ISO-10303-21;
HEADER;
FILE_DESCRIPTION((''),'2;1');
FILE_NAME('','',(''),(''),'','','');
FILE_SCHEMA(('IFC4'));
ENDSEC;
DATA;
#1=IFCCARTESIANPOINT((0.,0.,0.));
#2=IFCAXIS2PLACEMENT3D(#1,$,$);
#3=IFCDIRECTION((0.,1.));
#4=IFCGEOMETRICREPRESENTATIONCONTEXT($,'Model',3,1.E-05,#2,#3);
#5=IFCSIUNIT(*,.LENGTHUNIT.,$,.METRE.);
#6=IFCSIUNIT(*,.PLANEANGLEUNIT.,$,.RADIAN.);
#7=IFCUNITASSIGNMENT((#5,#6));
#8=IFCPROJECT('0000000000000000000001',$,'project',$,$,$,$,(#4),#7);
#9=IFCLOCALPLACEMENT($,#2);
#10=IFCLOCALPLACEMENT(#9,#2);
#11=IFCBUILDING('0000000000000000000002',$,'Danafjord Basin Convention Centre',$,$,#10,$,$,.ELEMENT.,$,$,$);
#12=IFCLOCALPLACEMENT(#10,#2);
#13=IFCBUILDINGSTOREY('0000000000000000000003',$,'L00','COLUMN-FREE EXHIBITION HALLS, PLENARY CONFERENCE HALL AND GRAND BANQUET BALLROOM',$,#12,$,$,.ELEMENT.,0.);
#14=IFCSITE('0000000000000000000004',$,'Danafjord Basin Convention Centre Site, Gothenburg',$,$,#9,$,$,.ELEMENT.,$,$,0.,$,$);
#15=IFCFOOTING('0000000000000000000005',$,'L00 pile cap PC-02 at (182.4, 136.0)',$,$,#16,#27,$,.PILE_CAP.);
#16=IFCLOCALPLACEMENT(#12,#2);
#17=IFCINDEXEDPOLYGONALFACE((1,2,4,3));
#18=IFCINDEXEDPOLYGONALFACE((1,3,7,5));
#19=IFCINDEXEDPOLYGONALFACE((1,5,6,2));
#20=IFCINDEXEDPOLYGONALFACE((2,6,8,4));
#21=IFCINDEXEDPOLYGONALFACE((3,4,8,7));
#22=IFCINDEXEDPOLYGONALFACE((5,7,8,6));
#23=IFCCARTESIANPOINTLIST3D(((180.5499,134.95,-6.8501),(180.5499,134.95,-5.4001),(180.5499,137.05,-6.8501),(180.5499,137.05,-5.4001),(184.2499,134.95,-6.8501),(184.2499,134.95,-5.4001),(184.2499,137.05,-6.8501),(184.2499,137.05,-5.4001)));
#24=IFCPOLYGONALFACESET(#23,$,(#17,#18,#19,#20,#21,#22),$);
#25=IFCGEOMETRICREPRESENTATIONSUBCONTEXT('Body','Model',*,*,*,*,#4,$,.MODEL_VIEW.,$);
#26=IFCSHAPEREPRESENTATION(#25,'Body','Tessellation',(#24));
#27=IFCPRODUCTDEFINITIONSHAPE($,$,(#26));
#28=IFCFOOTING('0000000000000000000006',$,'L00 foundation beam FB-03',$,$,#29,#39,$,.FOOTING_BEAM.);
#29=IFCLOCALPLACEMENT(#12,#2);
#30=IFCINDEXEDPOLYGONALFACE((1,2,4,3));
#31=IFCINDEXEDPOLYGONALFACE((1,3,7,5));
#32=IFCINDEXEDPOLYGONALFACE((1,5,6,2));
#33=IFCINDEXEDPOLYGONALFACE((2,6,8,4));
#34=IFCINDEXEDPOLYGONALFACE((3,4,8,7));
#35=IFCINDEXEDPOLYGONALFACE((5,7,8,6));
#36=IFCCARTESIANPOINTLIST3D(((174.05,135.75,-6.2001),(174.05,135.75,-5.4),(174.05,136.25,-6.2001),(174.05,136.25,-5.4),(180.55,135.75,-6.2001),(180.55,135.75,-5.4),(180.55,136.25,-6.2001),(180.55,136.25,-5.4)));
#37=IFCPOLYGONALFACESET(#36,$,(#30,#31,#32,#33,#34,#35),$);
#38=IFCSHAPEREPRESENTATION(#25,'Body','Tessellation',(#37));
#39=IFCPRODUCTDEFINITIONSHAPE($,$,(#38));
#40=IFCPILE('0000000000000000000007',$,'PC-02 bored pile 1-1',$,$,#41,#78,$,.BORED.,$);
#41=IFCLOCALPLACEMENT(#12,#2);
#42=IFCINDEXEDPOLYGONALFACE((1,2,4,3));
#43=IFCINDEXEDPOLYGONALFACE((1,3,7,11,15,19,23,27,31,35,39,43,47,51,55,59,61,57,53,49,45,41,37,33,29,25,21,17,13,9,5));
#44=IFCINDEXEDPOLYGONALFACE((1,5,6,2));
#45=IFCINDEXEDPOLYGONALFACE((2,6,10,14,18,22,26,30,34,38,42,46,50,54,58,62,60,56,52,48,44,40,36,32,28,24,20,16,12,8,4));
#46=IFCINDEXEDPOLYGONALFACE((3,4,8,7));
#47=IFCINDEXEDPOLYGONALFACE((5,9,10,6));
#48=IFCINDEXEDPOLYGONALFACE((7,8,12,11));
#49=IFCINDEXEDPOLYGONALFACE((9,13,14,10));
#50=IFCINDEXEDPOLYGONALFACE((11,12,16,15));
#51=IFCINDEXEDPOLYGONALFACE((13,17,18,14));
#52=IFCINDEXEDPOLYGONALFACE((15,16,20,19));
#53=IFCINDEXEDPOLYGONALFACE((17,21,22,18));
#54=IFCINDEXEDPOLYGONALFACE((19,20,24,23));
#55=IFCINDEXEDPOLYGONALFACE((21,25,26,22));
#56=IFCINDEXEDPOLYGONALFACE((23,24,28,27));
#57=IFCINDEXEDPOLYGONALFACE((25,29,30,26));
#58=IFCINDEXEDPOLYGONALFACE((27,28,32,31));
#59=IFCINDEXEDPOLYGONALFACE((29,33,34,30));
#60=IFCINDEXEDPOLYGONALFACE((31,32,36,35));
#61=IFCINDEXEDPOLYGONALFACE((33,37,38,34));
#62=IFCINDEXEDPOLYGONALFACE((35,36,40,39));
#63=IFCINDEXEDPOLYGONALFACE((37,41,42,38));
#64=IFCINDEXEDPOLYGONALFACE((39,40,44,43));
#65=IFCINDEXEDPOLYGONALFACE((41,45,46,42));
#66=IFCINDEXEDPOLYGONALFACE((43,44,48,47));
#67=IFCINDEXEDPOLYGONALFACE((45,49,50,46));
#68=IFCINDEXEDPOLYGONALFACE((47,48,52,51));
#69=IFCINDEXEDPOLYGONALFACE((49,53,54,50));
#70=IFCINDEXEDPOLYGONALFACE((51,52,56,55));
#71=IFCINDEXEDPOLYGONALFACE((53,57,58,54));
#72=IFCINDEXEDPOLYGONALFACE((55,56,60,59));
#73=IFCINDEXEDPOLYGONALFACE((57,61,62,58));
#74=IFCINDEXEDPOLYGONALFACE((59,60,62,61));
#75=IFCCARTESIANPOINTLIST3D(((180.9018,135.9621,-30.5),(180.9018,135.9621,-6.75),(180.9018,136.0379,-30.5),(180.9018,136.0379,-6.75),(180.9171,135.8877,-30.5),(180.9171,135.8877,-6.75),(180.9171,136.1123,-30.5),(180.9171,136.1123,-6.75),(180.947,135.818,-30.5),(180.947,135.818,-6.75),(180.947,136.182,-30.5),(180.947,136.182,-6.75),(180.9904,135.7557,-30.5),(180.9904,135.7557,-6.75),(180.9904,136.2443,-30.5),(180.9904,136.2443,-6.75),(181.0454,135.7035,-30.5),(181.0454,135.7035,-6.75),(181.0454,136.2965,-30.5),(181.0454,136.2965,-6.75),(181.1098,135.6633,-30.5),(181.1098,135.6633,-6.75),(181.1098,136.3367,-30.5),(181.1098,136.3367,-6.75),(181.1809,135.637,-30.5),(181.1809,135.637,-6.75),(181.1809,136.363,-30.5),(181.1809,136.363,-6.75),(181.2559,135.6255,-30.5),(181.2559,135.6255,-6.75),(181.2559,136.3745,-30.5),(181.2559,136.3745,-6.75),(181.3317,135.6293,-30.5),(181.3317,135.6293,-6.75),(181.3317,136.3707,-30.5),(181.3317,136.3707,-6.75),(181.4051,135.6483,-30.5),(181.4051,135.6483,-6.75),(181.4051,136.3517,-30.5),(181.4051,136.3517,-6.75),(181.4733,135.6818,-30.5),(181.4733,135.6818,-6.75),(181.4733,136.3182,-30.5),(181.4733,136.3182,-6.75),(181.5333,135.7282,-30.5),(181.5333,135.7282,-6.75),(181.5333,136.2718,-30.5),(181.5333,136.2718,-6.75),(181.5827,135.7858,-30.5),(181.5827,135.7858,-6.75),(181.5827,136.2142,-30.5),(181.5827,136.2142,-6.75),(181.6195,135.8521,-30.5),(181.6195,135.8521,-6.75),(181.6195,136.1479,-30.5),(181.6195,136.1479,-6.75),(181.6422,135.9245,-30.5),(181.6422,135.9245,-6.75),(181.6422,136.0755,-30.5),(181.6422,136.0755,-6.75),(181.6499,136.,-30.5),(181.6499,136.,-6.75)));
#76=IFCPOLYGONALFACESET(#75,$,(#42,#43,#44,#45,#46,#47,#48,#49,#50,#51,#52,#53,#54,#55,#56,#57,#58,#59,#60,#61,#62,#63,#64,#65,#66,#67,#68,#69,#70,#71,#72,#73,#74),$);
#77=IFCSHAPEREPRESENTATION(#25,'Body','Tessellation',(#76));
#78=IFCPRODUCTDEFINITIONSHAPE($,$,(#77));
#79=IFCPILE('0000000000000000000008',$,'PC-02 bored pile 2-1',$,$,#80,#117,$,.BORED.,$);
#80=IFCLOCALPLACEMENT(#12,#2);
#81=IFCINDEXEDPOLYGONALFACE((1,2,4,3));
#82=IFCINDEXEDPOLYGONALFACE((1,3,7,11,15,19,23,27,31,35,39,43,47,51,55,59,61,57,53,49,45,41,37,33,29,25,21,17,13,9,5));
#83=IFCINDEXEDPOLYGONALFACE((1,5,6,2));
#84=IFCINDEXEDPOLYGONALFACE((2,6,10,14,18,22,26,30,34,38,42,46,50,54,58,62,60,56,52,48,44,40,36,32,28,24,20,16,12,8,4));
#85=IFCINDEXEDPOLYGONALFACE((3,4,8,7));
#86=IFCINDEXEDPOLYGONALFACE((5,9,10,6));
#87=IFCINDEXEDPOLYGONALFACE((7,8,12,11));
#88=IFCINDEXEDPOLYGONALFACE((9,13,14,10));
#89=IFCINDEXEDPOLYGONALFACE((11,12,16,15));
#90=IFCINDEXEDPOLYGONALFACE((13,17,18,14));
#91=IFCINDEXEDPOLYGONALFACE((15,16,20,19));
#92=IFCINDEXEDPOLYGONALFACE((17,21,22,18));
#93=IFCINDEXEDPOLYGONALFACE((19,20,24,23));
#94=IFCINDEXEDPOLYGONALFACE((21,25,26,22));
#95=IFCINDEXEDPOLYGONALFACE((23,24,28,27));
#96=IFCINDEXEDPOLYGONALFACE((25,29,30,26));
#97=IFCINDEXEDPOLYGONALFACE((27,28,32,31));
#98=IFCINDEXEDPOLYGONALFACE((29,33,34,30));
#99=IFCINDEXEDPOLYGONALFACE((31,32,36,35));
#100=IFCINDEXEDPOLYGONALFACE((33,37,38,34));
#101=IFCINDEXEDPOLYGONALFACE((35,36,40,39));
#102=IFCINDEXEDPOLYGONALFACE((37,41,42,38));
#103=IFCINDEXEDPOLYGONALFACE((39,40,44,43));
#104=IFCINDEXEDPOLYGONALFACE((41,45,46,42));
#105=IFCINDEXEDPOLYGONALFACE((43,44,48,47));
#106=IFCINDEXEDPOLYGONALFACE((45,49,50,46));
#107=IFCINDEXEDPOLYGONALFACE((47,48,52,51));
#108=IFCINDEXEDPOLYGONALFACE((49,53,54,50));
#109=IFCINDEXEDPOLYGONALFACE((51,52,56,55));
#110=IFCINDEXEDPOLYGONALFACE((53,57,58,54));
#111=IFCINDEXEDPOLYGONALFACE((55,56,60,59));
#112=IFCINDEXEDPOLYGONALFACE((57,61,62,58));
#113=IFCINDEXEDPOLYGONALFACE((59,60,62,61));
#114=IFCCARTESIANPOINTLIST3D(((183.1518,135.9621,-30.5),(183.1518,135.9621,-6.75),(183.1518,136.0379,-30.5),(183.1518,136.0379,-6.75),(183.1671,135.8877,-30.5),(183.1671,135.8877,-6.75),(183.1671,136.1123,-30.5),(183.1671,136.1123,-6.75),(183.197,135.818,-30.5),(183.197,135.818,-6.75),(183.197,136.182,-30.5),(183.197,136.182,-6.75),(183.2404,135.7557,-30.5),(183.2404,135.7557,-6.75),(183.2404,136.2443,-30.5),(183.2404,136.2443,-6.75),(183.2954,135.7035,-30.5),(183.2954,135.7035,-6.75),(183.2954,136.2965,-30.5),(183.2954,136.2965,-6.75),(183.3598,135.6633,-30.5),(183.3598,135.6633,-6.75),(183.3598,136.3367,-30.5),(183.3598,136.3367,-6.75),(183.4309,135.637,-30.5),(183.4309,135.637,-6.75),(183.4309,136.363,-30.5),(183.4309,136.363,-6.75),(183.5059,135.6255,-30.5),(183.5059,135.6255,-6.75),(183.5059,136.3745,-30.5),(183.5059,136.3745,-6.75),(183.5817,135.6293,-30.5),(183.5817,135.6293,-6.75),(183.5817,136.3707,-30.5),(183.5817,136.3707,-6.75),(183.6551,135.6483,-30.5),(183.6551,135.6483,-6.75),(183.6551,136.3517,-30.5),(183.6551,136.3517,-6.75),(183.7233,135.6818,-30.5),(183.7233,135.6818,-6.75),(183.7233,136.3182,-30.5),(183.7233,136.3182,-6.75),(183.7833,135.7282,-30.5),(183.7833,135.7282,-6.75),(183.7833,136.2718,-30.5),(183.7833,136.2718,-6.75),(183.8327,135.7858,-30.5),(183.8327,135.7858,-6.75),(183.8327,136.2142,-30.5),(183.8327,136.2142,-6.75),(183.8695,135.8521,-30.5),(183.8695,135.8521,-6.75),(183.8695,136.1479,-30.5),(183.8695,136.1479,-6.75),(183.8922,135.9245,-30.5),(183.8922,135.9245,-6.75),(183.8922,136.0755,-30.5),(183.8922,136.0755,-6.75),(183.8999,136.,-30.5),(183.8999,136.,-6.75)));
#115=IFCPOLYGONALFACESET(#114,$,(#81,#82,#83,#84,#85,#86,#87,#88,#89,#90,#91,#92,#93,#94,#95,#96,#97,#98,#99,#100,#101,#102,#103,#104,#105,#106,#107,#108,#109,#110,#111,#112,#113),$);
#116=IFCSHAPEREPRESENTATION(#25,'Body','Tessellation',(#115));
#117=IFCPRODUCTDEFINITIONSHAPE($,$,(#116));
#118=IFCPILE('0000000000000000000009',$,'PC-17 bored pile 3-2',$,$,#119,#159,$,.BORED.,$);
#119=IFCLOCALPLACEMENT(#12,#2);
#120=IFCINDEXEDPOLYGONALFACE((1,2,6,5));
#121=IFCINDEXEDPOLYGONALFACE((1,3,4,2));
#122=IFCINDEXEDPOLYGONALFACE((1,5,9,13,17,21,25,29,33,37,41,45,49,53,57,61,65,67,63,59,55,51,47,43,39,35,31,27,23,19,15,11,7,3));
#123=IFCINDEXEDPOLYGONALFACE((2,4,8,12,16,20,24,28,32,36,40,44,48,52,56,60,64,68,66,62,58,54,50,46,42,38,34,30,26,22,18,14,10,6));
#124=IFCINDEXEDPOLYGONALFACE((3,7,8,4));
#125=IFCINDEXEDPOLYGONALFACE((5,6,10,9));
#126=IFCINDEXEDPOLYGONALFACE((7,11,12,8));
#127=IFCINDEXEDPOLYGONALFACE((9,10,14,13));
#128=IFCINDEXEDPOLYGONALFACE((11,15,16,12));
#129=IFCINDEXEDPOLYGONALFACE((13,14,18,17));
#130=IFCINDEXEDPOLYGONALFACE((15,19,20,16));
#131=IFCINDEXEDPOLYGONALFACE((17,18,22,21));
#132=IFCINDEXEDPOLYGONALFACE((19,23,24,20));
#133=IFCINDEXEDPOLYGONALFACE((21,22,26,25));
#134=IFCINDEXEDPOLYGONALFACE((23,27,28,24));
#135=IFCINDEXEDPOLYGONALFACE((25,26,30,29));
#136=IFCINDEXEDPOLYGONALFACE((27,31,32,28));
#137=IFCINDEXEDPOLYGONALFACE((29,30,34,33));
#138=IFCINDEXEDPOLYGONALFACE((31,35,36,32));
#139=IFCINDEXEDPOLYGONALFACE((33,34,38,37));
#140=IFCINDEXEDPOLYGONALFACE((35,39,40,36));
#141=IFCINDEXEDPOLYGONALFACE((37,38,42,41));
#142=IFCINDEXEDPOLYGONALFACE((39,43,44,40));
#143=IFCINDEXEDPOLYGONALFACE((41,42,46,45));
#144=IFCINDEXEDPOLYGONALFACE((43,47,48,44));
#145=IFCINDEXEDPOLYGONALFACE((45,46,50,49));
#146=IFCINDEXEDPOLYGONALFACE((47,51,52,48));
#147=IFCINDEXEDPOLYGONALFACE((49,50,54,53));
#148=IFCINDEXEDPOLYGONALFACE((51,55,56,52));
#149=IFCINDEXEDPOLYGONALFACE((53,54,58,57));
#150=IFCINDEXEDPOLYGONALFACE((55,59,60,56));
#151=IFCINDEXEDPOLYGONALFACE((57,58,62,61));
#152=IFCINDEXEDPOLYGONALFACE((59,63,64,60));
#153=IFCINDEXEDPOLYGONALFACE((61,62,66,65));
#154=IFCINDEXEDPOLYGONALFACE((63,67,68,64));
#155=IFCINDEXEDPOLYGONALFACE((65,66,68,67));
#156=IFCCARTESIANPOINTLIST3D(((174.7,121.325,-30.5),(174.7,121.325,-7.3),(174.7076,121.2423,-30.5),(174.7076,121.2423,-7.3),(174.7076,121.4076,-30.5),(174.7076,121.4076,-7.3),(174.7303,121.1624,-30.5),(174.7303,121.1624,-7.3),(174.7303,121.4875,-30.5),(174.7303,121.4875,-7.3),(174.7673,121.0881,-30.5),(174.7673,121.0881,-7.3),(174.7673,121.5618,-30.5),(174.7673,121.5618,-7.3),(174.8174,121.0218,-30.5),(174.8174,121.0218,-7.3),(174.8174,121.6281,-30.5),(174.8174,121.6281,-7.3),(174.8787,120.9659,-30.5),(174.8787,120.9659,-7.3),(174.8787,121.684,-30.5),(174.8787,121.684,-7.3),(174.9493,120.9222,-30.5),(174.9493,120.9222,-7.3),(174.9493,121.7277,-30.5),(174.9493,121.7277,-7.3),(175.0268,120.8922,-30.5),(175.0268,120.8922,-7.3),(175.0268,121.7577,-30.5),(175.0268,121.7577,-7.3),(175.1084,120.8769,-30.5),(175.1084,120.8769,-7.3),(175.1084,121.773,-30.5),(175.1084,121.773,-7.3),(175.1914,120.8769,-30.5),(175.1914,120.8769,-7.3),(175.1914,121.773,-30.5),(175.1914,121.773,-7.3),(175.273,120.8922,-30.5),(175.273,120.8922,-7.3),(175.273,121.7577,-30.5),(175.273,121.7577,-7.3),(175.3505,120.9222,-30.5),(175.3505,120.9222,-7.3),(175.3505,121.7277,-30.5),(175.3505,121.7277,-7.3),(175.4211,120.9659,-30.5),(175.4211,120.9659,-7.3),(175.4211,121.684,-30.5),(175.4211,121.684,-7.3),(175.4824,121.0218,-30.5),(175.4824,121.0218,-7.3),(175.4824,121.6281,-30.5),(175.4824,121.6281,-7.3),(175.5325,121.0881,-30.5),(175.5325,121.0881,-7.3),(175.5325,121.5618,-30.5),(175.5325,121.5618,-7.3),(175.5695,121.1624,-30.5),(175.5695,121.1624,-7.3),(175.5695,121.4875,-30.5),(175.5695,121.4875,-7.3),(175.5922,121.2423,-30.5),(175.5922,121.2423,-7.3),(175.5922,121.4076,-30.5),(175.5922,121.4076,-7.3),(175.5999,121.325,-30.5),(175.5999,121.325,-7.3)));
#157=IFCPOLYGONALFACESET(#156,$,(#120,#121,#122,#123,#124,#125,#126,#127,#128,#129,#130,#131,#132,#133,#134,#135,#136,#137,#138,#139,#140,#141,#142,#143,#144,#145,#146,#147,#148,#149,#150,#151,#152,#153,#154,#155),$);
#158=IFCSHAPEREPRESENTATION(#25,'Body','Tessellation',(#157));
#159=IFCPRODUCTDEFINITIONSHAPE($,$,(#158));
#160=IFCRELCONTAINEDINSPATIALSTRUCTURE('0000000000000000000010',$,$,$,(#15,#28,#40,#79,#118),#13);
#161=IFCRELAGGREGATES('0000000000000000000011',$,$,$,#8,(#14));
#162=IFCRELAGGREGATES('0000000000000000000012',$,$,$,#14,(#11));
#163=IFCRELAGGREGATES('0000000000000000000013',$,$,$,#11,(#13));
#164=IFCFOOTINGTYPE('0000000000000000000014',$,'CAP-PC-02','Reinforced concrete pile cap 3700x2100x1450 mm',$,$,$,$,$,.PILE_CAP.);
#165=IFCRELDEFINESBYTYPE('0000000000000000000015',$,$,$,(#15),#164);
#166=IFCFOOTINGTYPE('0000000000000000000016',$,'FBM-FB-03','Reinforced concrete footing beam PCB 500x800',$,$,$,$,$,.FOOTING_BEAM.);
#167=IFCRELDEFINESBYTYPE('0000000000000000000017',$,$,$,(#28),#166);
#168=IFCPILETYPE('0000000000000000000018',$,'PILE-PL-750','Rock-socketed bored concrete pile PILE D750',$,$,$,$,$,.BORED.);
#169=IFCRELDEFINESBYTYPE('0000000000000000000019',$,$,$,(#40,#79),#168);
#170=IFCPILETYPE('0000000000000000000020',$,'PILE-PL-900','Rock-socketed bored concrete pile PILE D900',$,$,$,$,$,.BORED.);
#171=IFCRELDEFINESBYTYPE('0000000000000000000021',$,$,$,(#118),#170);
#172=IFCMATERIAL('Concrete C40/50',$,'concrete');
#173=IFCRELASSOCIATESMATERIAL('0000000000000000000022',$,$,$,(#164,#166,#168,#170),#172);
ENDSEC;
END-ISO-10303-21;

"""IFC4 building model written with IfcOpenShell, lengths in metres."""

from ifc_helpers import new_model, si_unit, direction, frame, origin, origin_2d, place, context, subcontext, project, spatial, rectangle, circle, extrude, material, material_profile, profile_set, type_object, element, save


model = new_model("IFC4")

# Units and contexts
model_context = context("Model", 3, precision=1e-05, world=origin(), true_north=direction((0.0, 1.0)))
body_context = subcontext(model_context, "Body", "Model", "MODEL_VIEW")
ifc_project = project(units=[si_unit("LENGTHUNIT", "METRE"), si_unit("PLANEANGLEUNIT", "RADIAN")], contexts=[model_context])

# Site, building, storey
site_placement = place(None, origin())
site = spatial("IfcSite", under=ifc_project, at=site_placement, Name="Danafjord Basin Convention Centre Site, Gothenburg", CompositionType="ELEMENT", RefElevation=0.0)
building_placement = place(site_placement, origin())
building = spatial("IfcBuilding", under=site, at=building_placement, Name="Danafjord Basin Convention Centre", CompositionType="ELEMENT")
storey_placement = place(building_placement, origin())
storey = spatial("IfcBuildingStorey", under=building, at=storey_placement, Name="L00", Description="COLUMN-FREE EXHIBITION HALLS, PLENARY CONFERENCE HALL AND GRAND BANQUET BALLROOM", CompositionType="ELEMENT", Elevation=0.0)

# Footings
ifc_material_1 = material(Name="Concrete C40/50", Category="concrete")
footing_type_1 = type_object("IfcFootingType", Name="CAP-PC-02", Description="Reinforced concrete pile cap 3700x2100x1450 mm", PredefinedType="PILE_CAP", material=ifc_material_1)
footing_1_placement = place(storey_placement, frame((182.3999, 136.0, -6.8501), z_axis=(0.0, 0.0, 1.0), x_axis=(1.0, 0.0, 0.0)))
element("IfcFooting", 1, at=footing_1_placement, inside=storey, type_object=footing_type_1, Name="L00 pile cap PC-02 at (182.4, 136.0)", PredefinedType="PILE_CAP", context=body_context, shape_type="SweptSolid", body=[
    extrude(rectangle(XDim=3.7, YDim=2.1001, at=origin_2d()), origin(), (0.0, 0.0, 1.0), 1.45),
])
ifc_material_profile_1 = material_profile(ifc_material_1, rectangle(XDim=0.5, YDim=0.8, at=origin_2d()), Name="PCB 500x800")
ifc_profile_set_1 = profile_set([ifc_material_profile_1], Name="Concrete C40/50")
footing_type_2 = type_object("IfcFootingType", Name="FBM-FB-03", Description="Reinforced concrete footing beam PCB 500x800", PredefinedType="FOOTING_BEAM", material=ifc_profile_set_1)
footing_2_placement = place(storey_placement, frame((174.05, 136.0, -5.8), z_axis=(1.0, 0.0, 0.0), x_axis=(0.0, 1.0, 0.0)))
element("IfcFooting", 2, at=footing_2_placement, inside=storey, type_object=footing_type_2, Name="L00 foundation beam FB-03", PredefinedType="FOOTING_BEAM", context=body_context, shape_type="SweptSolid", body=[
    extrude(rectangle(XDim=0.5, YDim=0.8, at=origin_2d()), origin(), (0.0, 0.0, 1.0), 6.5),
])

# Piles
ifc_material_profile_2 = material_profile(ifc_material_1, circle(Radius=0.375, at=origin_2d()), Name="PILE D750")
ifc_profile_set_2 = profile_set([ifc_material_profile_2], Name="Concrete C40/50")
pile_type_1 = type_object("IfcPileType", Name="PILE-PL-750", Description="Rock-socketed bored concrete pile PILE D750", PredefinedType="BORED", material=ifc_profile_set_2)
for number, where, z_axis, x_axis, name in (
    (3, (181.2749, 136.0, -6.75), (0.0, 0.0, -1.0), (1.0, 0.0, 0.0), "PC-02 bored pile 1-1"),
    (4, (183.5249, 136.0, -6.75), (0.0, 0.0, -1.0), (1.0, 0.0, 0.0), "PC-02 bored pile 2-1"),
):
    element("IfcPile", number, at=place(storey_placement, frame(where, z_axis=z_axis, x_axis=x_axis)), inside=storey, type_object=pile_type_1, Name=name, PredefinedType="BORED", context=body_context, shape_type="SweptSolid", body=[
        extrude(circle(Radius=0.375, at=origin_2d()), origin(), (0.0, 0.0, 1.0), 23.75),
    ])
ifc_material_profile_3 = material_profile(ifc_material_1, circle(Radius=0.45, at=origin_2d()), Name="PILE D900")
ifc_profile_set_3 = profile_set([ifc_material_profile_3], Name="Concrete C40/50")
pile_type_2 = type_object("IfcPileType", Name="PILE-PL-900", Description="Rock-socketed bored concrete pile PILE D900", PredefinedType="BORED", material=ifc_profile_set_3)
pile_placement = place(storey_placement, frame((175.1499, 121.325, -7.3), z_axis=(0.0, 0.0, -1.0), x_axis=(1.0, 0.0, 0.0)))
element("IfcPile", 5, at=pile_placement, inside=storey, type_object=pile_type_2, Name="PC-17 bored pile 3-2", PredefinedType="BORED", context=body_context, shape_type="SweptSolid", body=[
    extrude(circle(Radius=0.45, at=origin_2d()), origin(), (0.0, 0.0, 1.0), 23.2),
])

save(model, "model.ifc")
